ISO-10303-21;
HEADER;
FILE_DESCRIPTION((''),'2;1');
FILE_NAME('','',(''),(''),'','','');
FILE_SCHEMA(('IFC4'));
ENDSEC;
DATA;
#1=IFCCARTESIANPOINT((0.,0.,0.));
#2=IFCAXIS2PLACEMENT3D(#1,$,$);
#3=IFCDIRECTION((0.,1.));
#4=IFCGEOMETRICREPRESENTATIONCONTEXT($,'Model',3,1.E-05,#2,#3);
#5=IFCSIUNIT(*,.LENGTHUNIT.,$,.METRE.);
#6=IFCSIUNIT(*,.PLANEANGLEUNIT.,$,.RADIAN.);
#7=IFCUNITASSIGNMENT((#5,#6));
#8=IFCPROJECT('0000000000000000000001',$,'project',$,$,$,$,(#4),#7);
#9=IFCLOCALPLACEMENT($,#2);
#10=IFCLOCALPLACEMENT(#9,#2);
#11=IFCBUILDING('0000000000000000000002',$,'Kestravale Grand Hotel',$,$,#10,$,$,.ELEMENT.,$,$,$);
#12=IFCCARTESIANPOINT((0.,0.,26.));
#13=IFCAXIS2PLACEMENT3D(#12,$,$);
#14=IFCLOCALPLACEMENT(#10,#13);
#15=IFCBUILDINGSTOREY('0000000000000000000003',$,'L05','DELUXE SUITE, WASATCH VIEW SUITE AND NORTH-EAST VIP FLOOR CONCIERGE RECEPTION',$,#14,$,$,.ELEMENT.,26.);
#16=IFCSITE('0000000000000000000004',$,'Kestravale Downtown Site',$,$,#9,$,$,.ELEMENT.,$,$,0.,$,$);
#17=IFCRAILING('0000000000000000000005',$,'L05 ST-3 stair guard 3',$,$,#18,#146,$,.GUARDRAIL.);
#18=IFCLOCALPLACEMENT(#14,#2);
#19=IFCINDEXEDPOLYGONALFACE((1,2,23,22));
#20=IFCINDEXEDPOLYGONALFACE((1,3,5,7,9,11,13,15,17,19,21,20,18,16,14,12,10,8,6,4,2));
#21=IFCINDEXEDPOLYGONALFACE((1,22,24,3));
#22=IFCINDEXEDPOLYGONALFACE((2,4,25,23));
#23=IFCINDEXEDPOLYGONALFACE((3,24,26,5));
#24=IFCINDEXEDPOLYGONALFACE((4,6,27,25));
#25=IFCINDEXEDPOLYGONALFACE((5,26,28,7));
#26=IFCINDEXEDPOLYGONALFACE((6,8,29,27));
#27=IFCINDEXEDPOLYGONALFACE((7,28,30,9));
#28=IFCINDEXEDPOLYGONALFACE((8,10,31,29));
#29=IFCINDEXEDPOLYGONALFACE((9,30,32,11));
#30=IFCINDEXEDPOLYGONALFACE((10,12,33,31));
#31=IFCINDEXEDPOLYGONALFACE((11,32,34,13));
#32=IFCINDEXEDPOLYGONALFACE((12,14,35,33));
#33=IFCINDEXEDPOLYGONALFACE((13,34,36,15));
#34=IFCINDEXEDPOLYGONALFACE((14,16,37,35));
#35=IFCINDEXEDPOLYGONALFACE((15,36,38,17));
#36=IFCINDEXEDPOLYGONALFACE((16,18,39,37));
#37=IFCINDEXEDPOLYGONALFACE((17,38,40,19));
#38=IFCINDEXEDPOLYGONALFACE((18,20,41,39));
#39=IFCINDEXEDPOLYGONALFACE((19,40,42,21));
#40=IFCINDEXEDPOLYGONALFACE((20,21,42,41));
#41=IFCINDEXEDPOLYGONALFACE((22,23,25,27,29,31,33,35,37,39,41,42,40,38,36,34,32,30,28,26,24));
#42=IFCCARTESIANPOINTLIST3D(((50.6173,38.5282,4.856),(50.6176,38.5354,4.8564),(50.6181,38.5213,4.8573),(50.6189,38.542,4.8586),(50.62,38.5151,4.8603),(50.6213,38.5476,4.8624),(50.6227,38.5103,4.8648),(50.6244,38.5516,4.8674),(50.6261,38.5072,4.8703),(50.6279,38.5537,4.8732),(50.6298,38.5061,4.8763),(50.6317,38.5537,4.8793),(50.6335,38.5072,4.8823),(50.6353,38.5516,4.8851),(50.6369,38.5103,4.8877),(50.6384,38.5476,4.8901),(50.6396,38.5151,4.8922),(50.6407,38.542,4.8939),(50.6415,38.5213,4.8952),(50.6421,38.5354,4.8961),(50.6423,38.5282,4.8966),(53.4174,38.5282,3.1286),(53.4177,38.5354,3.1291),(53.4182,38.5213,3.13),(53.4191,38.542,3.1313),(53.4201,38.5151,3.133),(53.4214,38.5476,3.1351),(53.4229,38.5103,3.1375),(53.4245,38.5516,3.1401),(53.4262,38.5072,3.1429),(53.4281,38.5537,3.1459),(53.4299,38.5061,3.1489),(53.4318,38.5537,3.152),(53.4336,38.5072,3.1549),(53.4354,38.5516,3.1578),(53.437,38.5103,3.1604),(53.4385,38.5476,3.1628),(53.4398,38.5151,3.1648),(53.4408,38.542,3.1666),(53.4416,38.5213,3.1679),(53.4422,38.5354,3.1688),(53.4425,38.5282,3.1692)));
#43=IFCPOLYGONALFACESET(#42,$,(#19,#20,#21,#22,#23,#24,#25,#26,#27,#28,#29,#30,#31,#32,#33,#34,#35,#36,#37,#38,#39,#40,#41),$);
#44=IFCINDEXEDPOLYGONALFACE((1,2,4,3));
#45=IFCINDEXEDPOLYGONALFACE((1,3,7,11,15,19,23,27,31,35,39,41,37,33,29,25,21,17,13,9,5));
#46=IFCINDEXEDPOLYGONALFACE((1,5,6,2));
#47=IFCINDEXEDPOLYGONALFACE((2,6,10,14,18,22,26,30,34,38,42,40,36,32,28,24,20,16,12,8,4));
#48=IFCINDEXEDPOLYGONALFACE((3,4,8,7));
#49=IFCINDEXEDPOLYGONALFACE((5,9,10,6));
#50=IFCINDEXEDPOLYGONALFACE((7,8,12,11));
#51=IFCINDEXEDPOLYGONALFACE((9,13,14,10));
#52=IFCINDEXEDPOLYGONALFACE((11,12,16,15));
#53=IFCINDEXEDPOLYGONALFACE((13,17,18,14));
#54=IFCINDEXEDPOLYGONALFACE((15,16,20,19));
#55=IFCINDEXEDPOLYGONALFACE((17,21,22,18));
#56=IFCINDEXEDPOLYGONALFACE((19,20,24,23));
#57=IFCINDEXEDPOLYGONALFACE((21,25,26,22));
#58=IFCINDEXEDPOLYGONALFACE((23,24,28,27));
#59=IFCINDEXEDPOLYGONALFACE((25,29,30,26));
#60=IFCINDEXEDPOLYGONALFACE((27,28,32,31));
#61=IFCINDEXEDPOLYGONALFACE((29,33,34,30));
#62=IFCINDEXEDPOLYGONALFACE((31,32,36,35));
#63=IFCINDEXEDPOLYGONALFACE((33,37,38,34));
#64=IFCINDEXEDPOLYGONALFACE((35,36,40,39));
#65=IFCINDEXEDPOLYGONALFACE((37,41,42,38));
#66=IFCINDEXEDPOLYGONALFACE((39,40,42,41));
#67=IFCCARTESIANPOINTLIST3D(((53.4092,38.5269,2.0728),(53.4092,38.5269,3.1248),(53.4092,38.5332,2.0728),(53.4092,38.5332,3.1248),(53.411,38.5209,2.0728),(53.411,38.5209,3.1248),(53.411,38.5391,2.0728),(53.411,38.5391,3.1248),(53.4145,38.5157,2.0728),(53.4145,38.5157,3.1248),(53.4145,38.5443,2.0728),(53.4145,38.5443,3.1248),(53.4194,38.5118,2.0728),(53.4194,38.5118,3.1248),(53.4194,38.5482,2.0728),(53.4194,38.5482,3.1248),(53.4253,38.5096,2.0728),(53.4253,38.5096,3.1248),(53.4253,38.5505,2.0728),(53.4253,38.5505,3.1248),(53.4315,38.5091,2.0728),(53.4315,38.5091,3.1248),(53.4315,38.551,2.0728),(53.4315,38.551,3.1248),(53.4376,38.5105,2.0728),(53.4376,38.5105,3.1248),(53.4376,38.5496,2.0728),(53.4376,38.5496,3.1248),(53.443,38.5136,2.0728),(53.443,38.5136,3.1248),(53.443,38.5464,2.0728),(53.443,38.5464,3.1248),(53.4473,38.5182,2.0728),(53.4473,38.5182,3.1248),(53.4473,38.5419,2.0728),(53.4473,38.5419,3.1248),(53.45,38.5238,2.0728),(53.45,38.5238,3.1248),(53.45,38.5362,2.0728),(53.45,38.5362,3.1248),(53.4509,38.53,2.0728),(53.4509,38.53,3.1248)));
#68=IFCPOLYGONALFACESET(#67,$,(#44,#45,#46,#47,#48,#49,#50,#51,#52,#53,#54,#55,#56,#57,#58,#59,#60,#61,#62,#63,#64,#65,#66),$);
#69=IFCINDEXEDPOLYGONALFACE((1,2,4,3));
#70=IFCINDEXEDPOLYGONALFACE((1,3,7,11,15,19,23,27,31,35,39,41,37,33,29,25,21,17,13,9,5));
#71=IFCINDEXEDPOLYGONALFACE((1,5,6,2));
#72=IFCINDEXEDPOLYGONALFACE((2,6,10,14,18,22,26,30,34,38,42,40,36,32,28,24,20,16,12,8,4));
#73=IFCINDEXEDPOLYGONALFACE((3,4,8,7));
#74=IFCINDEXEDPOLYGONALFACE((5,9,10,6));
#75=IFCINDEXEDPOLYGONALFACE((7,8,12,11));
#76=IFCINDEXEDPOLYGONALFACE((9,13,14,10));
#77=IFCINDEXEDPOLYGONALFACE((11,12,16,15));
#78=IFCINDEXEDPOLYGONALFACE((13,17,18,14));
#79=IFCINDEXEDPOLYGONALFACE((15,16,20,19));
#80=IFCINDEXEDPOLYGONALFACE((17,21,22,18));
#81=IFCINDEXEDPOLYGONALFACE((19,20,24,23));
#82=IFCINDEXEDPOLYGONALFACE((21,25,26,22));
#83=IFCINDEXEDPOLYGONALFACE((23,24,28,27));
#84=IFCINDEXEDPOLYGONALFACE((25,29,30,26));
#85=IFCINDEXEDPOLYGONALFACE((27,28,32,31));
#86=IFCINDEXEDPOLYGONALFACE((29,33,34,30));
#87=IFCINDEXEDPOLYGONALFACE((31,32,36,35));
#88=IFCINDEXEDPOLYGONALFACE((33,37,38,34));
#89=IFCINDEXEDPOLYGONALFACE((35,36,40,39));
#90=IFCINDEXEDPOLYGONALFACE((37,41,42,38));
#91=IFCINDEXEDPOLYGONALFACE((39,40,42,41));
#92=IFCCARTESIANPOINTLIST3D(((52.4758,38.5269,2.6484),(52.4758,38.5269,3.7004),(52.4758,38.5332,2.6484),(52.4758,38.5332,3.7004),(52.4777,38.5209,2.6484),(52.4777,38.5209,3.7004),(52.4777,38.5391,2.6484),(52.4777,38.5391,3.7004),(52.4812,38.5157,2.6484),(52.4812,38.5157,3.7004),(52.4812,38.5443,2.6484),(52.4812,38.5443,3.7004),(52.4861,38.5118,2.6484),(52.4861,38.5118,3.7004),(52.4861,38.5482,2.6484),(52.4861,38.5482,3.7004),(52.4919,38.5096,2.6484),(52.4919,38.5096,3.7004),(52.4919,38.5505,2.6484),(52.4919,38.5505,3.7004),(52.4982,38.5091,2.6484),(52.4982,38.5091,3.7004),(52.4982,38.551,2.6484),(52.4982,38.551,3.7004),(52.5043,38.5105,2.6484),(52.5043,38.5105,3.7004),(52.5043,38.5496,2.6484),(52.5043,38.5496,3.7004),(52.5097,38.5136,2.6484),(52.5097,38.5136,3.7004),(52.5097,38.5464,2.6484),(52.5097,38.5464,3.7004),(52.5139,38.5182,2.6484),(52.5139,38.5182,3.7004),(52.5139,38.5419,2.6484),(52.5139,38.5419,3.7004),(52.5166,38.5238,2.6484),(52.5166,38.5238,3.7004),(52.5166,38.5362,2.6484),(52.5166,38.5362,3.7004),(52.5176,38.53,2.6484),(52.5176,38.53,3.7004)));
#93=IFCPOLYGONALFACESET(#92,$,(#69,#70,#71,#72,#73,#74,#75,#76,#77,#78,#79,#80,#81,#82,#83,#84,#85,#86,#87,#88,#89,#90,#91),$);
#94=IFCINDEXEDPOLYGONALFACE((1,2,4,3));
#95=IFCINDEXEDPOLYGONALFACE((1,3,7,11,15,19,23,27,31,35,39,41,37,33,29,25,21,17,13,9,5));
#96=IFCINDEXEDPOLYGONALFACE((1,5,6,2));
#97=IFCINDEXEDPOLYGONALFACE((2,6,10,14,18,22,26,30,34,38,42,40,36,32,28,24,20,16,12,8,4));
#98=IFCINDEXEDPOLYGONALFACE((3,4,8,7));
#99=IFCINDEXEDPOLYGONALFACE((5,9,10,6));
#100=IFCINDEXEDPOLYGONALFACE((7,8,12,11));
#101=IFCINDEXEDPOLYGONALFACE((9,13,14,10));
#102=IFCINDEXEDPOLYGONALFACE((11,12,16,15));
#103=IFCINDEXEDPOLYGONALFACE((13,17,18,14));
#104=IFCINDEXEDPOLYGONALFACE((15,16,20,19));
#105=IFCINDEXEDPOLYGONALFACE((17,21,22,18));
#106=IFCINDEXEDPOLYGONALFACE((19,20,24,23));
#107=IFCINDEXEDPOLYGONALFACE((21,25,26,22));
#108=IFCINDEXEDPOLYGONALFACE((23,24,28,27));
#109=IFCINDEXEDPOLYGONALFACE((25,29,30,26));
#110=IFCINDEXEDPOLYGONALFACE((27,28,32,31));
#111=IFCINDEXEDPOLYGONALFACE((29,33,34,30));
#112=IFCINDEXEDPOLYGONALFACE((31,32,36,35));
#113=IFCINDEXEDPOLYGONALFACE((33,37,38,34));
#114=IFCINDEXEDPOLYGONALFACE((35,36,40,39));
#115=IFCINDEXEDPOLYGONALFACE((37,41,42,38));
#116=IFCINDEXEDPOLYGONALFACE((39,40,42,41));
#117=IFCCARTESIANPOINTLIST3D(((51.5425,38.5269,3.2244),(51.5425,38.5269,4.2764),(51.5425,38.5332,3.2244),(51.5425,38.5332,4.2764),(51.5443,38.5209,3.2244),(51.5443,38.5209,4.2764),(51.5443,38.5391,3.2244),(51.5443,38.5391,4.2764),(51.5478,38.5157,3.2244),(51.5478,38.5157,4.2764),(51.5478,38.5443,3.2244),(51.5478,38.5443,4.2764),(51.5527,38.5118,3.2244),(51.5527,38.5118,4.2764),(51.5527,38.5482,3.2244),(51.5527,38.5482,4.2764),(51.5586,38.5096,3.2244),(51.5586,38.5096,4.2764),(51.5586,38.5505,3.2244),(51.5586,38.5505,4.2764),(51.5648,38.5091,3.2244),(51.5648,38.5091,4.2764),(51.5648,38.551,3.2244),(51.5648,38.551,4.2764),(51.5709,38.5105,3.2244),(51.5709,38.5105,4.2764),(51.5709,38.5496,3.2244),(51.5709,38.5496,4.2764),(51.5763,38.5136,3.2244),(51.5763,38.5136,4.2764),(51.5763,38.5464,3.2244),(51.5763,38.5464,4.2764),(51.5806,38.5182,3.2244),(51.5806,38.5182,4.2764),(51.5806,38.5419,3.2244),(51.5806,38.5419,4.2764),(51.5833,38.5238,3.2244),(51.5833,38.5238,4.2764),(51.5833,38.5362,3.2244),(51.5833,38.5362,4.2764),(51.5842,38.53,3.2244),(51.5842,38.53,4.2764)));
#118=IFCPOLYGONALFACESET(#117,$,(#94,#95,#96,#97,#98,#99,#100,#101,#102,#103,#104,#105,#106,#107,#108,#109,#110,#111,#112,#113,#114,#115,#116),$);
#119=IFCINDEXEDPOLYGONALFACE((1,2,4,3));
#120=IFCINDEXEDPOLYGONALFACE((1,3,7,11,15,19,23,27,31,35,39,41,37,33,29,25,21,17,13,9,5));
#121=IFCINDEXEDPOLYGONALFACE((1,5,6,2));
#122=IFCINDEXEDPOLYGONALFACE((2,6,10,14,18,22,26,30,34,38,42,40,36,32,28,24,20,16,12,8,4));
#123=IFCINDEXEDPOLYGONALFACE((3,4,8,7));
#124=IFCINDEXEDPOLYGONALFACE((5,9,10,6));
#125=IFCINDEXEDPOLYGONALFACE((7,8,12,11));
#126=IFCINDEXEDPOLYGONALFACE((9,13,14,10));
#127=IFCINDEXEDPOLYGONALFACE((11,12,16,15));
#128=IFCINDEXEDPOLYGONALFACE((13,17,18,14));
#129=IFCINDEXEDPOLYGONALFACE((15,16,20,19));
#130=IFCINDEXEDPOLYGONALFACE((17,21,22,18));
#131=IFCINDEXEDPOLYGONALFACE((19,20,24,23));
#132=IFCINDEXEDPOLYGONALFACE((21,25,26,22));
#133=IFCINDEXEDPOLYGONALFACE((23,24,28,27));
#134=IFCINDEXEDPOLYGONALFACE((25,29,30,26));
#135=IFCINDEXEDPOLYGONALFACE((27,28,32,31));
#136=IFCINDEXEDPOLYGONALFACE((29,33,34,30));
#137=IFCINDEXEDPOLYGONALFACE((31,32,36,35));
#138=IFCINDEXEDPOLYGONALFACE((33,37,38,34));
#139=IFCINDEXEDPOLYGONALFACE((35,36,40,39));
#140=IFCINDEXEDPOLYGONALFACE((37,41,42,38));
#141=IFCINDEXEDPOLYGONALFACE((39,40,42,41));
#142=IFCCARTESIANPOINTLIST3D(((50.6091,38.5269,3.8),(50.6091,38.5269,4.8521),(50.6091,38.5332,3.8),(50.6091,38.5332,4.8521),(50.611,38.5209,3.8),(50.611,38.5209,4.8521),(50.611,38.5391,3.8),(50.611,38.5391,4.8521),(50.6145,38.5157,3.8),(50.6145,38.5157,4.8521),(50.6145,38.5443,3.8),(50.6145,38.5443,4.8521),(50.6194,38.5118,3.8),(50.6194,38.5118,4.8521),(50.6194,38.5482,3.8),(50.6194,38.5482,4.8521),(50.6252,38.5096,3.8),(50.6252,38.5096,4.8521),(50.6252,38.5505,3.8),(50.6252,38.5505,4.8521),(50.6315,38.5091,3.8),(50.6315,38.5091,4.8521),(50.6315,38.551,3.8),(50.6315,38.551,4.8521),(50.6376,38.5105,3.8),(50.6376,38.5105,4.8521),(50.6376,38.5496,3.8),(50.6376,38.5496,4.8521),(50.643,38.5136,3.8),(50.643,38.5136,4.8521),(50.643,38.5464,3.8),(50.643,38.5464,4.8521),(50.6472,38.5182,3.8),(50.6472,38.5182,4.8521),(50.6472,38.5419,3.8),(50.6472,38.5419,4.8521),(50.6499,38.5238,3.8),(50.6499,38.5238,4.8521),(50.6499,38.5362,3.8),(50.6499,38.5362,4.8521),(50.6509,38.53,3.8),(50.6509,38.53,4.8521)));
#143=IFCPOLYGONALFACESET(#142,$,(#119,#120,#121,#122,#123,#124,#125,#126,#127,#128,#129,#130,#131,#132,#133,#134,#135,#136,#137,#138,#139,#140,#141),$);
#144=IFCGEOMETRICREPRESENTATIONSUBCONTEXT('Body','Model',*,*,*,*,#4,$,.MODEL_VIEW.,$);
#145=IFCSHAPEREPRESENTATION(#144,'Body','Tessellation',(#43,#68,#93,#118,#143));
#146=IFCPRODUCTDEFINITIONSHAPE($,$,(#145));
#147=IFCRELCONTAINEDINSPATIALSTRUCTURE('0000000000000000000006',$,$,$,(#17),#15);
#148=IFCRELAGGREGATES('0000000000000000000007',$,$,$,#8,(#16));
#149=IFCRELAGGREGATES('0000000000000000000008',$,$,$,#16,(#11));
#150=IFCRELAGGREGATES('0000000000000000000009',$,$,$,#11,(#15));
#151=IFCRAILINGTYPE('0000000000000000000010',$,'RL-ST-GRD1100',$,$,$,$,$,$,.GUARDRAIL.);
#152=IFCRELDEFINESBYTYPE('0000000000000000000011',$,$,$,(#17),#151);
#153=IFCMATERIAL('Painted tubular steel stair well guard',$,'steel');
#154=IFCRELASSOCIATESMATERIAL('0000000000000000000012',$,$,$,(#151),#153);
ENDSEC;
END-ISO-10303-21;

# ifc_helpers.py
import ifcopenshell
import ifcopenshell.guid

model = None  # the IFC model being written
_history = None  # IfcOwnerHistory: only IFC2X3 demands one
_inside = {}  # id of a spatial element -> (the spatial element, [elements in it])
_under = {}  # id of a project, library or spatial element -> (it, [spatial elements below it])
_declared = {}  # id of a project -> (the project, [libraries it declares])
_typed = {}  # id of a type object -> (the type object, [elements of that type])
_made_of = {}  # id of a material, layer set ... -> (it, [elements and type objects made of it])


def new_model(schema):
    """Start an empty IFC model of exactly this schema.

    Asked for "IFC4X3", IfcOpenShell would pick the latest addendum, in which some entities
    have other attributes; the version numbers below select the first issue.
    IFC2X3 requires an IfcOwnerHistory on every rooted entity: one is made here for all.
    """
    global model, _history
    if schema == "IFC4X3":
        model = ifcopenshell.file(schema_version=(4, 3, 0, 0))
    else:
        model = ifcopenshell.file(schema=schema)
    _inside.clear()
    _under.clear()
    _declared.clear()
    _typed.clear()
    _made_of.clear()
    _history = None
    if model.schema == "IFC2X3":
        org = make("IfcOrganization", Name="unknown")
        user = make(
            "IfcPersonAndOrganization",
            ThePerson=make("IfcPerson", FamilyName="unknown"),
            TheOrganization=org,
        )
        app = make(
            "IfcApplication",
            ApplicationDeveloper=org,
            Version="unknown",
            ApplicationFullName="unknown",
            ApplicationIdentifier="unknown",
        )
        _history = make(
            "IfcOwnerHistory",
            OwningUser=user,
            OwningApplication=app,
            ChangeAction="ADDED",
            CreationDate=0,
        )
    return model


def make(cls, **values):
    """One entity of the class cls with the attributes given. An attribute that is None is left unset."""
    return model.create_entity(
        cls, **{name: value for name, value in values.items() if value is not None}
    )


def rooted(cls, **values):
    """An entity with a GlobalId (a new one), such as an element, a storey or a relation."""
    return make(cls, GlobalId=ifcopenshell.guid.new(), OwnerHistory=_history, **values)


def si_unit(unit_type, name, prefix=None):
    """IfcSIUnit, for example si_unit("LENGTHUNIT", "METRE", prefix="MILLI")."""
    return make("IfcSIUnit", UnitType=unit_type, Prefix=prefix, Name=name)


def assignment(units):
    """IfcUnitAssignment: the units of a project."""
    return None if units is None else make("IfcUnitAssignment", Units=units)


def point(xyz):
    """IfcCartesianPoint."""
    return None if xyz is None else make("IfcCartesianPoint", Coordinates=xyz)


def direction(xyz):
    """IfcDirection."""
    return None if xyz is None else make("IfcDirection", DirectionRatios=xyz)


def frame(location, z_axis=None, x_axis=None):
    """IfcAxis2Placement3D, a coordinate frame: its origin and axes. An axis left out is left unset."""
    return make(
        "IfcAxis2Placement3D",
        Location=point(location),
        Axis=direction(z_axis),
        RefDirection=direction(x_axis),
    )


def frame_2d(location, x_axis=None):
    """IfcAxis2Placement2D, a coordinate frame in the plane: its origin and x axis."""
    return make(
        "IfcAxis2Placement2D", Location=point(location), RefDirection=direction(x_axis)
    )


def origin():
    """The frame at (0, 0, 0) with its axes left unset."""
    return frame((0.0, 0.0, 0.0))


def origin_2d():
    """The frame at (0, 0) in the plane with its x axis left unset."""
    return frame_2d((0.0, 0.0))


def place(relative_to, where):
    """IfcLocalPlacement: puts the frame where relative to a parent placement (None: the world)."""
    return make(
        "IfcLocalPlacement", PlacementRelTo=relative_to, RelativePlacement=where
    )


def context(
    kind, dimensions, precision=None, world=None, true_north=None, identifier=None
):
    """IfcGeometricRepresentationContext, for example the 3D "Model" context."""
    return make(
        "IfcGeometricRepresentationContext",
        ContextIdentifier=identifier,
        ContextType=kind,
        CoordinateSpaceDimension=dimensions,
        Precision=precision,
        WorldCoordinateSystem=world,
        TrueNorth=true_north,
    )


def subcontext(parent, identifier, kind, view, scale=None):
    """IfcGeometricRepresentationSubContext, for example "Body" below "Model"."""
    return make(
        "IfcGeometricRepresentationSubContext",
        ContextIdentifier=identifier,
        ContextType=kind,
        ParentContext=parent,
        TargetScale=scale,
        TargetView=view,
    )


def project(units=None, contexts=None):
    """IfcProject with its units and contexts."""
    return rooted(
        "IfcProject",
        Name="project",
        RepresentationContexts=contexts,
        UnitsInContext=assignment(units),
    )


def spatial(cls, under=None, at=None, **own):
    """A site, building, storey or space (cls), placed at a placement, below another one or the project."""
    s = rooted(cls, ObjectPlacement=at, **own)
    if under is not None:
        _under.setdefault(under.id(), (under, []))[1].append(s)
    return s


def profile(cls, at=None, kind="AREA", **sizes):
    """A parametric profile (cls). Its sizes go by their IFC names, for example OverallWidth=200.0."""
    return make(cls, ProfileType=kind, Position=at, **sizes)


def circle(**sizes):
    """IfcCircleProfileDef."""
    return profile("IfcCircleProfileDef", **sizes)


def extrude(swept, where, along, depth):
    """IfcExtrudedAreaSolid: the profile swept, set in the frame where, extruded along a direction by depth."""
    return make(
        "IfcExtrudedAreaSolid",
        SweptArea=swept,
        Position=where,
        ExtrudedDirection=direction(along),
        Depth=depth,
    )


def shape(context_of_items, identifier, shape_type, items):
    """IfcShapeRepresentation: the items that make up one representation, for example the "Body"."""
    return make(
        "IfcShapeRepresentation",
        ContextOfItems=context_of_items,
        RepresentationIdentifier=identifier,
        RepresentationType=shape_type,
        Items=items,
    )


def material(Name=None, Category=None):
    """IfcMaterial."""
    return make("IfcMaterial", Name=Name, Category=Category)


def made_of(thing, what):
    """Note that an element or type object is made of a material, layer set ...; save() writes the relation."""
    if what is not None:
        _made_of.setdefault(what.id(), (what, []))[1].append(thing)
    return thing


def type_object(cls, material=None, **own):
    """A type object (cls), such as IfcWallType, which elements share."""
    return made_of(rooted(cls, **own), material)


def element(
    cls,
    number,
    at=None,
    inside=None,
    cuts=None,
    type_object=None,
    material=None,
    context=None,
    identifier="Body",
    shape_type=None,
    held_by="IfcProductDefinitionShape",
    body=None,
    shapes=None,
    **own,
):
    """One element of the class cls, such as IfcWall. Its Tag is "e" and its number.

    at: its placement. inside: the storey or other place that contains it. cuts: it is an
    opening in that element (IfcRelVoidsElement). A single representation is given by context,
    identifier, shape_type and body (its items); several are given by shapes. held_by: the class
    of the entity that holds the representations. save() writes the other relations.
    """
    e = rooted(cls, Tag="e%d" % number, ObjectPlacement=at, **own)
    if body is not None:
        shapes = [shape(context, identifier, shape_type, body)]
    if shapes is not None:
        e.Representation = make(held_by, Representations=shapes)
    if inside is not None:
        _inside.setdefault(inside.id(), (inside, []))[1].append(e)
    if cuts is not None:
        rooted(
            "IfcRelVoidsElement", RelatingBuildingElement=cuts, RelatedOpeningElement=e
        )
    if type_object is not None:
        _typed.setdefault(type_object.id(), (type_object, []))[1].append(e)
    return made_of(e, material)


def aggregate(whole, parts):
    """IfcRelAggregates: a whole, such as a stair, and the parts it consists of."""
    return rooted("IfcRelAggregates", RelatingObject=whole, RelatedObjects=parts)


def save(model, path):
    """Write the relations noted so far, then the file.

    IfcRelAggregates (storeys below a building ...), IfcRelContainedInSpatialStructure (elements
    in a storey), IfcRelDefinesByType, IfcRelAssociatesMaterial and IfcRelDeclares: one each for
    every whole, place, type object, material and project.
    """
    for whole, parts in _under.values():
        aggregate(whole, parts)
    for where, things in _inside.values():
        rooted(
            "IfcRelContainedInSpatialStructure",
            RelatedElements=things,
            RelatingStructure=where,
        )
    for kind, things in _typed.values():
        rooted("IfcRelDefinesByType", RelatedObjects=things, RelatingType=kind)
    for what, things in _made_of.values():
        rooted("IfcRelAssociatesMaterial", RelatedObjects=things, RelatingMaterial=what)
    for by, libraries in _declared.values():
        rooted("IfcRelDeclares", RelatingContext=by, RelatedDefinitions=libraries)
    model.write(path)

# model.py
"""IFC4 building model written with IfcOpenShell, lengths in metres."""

from ifc_helpers import new_model, si_unit, direction, frame, origin, origin_2d, place, context, subcontext, project, spatial, circle, extrude, material, type_object, element, save


model = new_model("IFC4")

# Units and contexts
model_context = context("Model", 3, precision=1e-05, world=origin(), true_north=direction((0.0, 1.0)))
body_context = subcontext(model_context, "Body", "Model", "MODEL_VIEW")
ifc_project = project(units=[si_unit("LENGTHUNIT", "METRE"), si_unit("PLANEANGLEUNIT", "RADIAN")], contexts=[model_context])

# Site, building, storey
site_placement = place(None, origin())
site = spatial("IfcSite", under=ifc_project, at=site_placement, Name="Kestravale Downtown Site", CompositionType="ELEMENT", RefElevation=0.0)
building_placement = place(site_placement, origin())
building = spatial("IfcBuilding", under=site, at=building_placement, Name="Kestravale Grand Hotel", CompositionType="ELEMENT")
storey_placement = place(building_placement, frame((0.0, 0.0, 26.0)))
storey = spatial("IfcBuildingStorey", under=building, at=storey_placement, Name="L05", Description="DELUXE SUITE, WASATCH VIEW SUITE AND NORTH-EAST VIP FLOOR CONCIERGE RECEPTION", CompositionType="ELEMENT", Elevation=26.0)

# Railing
ifc_material_1 = material(Name="Painted tubular steel stair well guard", Category="steel")
railing_type_1 = type_object("IfcRailingType", Name="RL-ST-GRD1100", PredefinedType="GUARDRAIL", material=ifc_material_1)
railing_1_placement = place(storey_placement, frame((53.4299, 38.53, 2.0728)))
element("IfcRailing", 1, at=railing_1_placement, inside=storey, type_object=railing_type_1, Name="L05 ST-3 stair guard 3", PredefinedType="GUARDRAIL", context=body_context, shape_type="SweptSolid", body=[
    extrude(circle(Radius=0.0239, at=origin_2d()), frame((0.0, 0.0, 1.0762), z_axis=(-0.85109, 0.0, 0.52502), x_axis=(0.0, -1.0, 0.0)), (0.0, 0.0, 1.0), 3.29),
    extrude(circle(Radius=0.021, at=origin_2d()), origin(), (0.0, 0.0, 1.0), 1.052),
    extrude(circle(Radius=0.021, at=origin_2d()), frame((-0.9333, 0.0, 0.5757)), (0.0, 0.0, 1.0), 1.052),
    extrude(circle(Radius=0.021, at=origin_2d()), frame((-1.8667, 0.0, 1.1516)), (0.0, 0.0, 1.0), 1.052),
    extrude(circle(Radius=0.021, at=origin_2d()), frame((-2.8, 0.0, 1.7273)), (0.0, 0.0, 1.0), 1.052),
])

save(model, "model.ifc")
